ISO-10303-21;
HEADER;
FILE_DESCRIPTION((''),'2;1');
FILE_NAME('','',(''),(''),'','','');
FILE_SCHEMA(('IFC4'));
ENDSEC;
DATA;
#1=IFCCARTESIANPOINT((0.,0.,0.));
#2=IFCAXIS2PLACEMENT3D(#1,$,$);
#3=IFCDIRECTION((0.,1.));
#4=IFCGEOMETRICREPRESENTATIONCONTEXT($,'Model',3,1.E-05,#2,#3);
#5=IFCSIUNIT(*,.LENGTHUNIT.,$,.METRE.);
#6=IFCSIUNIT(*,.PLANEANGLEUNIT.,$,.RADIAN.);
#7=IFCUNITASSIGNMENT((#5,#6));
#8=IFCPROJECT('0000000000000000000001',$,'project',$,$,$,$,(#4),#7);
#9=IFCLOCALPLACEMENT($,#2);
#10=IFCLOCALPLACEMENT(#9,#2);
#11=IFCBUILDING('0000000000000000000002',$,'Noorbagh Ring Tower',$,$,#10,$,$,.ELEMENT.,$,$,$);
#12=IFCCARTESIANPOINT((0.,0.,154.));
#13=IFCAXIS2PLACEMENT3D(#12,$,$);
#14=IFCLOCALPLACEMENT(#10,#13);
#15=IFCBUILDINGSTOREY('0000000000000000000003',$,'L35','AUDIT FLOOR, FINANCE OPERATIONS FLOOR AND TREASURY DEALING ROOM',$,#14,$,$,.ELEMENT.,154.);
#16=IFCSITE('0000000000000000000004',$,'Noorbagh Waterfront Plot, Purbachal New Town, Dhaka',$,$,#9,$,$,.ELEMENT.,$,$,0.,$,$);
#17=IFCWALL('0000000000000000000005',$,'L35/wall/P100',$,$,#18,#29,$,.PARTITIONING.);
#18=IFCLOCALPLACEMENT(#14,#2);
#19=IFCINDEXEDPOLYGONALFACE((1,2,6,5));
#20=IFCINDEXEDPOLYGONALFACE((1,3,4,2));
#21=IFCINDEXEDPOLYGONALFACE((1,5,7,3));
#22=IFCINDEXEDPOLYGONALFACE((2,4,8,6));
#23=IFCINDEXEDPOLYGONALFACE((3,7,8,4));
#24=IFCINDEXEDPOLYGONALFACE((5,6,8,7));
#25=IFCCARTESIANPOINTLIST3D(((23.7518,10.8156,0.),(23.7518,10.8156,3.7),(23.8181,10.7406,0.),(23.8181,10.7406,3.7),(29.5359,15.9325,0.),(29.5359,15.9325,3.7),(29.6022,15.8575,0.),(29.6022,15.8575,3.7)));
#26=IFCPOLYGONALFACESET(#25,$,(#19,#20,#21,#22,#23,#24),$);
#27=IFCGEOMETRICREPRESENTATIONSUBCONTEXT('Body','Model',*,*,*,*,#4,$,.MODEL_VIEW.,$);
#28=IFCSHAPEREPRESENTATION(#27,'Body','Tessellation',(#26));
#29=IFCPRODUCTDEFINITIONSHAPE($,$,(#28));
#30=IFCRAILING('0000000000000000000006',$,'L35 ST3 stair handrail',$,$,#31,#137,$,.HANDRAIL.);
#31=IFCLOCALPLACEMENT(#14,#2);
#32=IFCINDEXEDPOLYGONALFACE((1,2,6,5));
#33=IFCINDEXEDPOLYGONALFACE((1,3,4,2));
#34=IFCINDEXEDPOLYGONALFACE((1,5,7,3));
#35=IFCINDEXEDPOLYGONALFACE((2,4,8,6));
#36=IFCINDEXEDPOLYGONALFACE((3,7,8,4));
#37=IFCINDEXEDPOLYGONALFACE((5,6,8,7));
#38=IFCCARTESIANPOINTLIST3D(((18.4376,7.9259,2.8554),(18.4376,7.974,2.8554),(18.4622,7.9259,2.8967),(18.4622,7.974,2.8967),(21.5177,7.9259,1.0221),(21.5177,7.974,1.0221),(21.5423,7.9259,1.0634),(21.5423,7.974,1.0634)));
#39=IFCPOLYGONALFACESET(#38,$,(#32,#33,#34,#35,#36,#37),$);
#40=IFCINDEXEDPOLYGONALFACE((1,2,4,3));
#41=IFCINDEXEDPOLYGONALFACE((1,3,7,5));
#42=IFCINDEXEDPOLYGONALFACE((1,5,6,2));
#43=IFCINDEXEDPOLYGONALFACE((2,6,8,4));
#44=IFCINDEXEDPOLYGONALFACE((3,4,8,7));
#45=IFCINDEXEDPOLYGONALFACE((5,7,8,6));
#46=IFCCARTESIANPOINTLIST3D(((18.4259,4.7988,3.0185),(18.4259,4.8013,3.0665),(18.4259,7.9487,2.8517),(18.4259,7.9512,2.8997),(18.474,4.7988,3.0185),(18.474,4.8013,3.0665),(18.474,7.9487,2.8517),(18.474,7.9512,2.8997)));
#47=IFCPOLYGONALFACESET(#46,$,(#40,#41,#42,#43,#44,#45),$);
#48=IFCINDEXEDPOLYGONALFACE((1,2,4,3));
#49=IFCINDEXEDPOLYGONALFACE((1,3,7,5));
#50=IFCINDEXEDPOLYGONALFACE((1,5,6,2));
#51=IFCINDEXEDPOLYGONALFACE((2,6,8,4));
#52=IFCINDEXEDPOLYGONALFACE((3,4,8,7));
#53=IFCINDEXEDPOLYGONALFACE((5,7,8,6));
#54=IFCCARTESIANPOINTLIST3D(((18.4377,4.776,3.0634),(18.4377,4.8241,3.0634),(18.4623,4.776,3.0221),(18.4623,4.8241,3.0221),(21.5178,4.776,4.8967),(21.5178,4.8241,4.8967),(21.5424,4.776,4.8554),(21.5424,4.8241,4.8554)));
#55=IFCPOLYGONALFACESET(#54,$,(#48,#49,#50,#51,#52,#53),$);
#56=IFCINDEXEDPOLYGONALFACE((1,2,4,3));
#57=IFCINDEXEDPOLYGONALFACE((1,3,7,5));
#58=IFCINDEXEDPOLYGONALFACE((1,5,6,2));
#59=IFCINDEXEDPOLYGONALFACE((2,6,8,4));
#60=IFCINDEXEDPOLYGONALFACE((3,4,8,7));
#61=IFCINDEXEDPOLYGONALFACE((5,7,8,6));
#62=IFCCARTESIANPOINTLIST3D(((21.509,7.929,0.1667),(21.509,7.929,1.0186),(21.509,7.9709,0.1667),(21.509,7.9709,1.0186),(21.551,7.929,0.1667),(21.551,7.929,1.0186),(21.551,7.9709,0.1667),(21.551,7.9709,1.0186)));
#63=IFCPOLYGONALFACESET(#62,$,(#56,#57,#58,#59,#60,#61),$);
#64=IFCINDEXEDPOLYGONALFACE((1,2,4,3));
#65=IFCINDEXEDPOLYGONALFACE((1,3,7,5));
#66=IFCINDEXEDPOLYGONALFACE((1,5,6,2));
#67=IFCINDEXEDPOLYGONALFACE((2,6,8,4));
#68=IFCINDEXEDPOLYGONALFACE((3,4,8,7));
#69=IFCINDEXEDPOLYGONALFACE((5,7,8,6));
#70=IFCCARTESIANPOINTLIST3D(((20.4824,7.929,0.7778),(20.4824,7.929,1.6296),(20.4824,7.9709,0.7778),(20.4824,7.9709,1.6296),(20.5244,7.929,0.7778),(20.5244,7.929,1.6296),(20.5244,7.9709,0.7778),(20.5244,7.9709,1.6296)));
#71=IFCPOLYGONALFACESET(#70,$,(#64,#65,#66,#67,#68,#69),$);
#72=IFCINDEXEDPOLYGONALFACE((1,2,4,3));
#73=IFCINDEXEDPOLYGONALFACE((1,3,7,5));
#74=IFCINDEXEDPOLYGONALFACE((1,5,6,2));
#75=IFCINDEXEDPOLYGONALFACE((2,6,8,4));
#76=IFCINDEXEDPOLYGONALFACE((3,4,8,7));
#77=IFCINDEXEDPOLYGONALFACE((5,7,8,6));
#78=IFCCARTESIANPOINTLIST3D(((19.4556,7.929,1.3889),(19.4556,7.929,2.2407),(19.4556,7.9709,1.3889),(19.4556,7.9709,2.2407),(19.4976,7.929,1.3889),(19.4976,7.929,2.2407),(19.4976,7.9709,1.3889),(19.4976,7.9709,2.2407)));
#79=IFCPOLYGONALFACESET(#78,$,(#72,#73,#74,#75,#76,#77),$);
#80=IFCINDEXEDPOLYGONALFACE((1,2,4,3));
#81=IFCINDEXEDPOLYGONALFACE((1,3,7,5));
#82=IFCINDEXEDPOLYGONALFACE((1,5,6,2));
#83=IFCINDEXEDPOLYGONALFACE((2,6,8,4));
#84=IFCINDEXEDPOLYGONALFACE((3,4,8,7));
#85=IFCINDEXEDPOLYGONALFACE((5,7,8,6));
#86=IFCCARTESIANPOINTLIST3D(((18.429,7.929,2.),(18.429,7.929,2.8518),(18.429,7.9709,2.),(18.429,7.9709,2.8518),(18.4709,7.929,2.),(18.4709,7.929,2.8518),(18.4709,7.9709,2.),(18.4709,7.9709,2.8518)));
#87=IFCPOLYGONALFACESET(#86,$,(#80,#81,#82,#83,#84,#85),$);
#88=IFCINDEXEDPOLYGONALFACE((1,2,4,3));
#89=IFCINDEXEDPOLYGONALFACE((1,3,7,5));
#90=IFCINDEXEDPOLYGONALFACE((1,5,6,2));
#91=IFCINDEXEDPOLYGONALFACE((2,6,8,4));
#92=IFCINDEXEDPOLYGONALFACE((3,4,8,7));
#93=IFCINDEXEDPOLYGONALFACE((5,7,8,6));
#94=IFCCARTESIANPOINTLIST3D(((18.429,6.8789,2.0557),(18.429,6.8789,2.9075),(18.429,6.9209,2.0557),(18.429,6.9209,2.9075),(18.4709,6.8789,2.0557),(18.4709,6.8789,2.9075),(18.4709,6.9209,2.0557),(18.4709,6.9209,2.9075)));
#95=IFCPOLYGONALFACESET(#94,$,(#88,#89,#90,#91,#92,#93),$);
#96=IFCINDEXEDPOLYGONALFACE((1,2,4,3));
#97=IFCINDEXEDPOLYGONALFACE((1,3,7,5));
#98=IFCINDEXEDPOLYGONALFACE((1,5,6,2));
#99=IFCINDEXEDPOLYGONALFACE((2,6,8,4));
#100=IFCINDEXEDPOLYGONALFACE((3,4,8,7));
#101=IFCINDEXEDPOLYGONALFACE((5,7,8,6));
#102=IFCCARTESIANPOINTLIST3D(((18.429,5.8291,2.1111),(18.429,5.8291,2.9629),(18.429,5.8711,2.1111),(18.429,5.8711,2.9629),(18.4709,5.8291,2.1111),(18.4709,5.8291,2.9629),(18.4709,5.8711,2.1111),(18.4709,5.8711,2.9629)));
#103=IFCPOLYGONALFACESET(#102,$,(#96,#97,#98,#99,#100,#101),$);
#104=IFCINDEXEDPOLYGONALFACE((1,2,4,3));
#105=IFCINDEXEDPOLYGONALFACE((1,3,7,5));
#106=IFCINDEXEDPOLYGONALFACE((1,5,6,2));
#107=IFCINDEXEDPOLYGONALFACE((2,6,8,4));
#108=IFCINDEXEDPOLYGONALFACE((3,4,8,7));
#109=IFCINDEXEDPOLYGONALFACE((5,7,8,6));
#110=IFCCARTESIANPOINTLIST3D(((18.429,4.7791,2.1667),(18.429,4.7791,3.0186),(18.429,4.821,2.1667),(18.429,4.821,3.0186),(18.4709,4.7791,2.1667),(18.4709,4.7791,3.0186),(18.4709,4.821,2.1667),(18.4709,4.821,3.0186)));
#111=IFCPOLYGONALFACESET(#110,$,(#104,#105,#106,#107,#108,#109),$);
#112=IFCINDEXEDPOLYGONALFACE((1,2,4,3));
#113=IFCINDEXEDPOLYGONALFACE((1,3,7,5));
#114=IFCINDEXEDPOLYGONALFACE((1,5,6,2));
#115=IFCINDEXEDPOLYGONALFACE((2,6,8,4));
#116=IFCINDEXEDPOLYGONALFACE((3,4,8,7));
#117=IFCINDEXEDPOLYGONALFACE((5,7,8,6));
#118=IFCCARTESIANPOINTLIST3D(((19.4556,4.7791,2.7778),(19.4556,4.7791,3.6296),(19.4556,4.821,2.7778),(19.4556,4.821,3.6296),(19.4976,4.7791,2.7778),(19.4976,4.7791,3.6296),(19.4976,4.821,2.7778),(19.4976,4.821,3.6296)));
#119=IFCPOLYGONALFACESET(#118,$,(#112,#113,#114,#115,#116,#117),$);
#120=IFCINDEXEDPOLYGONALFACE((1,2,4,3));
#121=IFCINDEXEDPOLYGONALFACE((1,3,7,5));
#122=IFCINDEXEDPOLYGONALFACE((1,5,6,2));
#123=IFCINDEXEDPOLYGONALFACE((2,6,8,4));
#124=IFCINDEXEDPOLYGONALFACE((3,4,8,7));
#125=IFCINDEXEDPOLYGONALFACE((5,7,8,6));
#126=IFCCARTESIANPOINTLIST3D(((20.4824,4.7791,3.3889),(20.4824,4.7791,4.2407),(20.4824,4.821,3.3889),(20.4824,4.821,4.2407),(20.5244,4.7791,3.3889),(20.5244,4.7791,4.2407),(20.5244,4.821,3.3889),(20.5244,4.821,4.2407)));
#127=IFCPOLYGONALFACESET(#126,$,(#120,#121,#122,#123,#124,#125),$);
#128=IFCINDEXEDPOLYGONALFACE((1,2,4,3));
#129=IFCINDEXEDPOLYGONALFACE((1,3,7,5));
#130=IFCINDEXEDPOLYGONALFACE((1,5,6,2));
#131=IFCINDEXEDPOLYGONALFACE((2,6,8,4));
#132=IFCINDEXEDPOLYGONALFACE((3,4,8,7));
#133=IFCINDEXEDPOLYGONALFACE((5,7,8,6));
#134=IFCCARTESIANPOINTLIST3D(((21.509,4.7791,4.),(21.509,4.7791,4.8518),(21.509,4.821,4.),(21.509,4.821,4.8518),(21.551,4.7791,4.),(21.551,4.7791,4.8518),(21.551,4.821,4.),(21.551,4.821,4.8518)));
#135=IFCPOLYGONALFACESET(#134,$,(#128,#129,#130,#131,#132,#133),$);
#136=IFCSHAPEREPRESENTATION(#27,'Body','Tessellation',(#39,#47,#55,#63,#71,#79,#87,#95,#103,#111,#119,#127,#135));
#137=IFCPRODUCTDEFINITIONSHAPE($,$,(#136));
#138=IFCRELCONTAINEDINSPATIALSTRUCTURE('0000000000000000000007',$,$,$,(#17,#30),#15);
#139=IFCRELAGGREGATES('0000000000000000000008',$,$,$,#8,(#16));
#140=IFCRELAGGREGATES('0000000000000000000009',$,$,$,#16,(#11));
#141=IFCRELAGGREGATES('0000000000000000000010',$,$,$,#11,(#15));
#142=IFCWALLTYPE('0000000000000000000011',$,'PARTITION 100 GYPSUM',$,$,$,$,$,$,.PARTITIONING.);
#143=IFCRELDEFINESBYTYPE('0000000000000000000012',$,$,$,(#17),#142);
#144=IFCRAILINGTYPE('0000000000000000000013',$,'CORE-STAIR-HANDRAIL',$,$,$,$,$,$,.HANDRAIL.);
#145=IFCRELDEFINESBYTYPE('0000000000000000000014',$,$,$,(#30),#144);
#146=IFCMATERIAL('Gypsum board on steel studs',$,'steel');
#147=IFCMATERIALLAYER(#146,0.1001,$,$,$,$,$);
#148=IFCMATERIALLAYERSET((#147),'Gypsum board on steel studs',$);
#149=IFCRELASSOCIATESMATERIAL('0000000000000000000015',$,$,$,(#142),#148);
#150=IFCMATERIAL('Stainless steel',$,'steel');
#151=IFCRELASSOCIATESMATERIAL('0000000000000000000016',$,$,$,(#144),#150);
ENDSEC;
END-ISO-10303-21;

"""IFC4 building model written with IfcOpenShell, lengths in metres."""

from ifc_helpers import new_model, si_unit, direction, frame, frame_2d, origin, origin_2d, place, context, subcontext, project, spatial, rectangle, extrude, material, layer, layer_set, type_object, element, save


model = new_model("IFC4")

# Units and contexts
model_context = context("Model", 3, precision=1e-05, world=origin(), true_north=direction((0.0, 1.0)))
body_context = subcontext(model_context, "Body", "Model", "MODEL_VIEW")
ifc_project = project(units=[si_unit("LENGTHUNIT", "METRE"), si_unit("PLANEANGLEUNIT", "RADIAN")], contexts=[model_context])

# Site, building, storey
site_placement = place(None, origin())
site = spatial("IfcSite", under=ifc_project, at=site_placement, Name="Noorbagh Waterfront Plot, Purbachal New Town, Dhaka", CompositionType="ELEMENT", RefElevation=0.0)
building_placement = place(site_placement, origin())
building = spatial("IfcBuilding", under=site, at=building_placement, Name="Noorbagh Ring Tower", CompositionType="ELEMENT")
storey_placement = place(building_placement, frame((0.0, 0.0, 154.0)))
storey = spatial("IfcBuildingStorey", under=building, at=storey_placement, Name="L35", Description="AUDIT FLOOR, FINANCE OPERATIONS FLOOR AND TREASURY DEALING ROOM", CompositionType="ELEMENT", Elevation=154.0)

# Wall
ifc_material_1 = material(Name="Gypsum board on steel studs", Category="steel")
ifc_layer_1 = layer(ifc_material_1, 0.1001)
ifc_layer_set_1 = layer_set([ifc_layer_1], Name="Gypsum board on steel studs")
wall_type_1 = type_object("IfcWallType", Name="PARTITION 100 GYPSUM", PredefinedType="PARTITIONING", material=ifc_layer_set_1)
wall_1_placement = place(storey_placement, frame((23.7849, 10.7781, 0.0), z_axis=(0.0, 0.0, 1.0), x_axis=(0.748986, 0.662586, 0.0)))
element("IfcWall", 1, at=wall_1_placement, inside=storey, type_object=wall_type_1, Name="L35/wall/P100", PredefinedType="PARTITIONING", context=body_context, shape_type="SweptSolid", body=[
    extrude(rectangle(XDim=7.7227, YDim=0.1001, at=frame_2d((3.8613, 0.0))), origin(), (0.0, 0.0, 1.0), 3.7),
])

# Railing
ifc_material_2 = material(Name="Stainless steel", Category="steel")
railing_type = type_object("IfcRailingType", Name="CORE-STAIR-HANDRAIL", PredefinedType="HANDRAIL", material=ifc_material_2)
railing_placement = place(storey_placement, frame((21.53, 7.95, 0.1667)))
element("IfcRailing", 2, at=railing_placement, inside=storey, type_object=railing_type, Name="L35 ST3 stair handrail", PredefinedType="HANDRAIL", context=body_context, shape_type="SweptSolid", body=[
    extrude(rectangle(XDim=0.0481, YDim=0.0481, at=origin_2d()), frame((0.0, 0.0, 0.876), z_axis=(-0.859309, 0.0, 0.511458), x_axis=(0.0, -1.0, 0.0)), (0.0, 0.0, 1.0), 3.5845),
    extrude(rectangle(XDim=0.0481, YDim=0.0481, at=origin_2d()), frame((-3.0801, 0.0, 2.709), z_axis=(0.0, -0.998602, 0.052864), x_axis=(1.0, 0.0, 0.0)), (0.0, 0.0, 1.0), 3.1543),
    extrude(rectangle(XDim=0.0481, YDim=0.0481, at=origin_2d()), frame((-3.0801, -3.1499, 2.876), z_axis=(0.859309, 0.0, 0.511458), x_axis=(0.0, 1.0, 0.0)), (0.0, 0.0, 1.0), 3.5845),
    extrude(rectangle(XDim=0.042, YDim=0.042, at=origin_2d()), origin(), (0.0, 0.0, 1.0), 0.8518),
    extrude(rectangle(XDim=0.042, YDim=0.042, at=origin_2d()), frame((-1.0266, 0.0, 0.6111)), (0.0, 0.0, 1.0), 0.8518),
    extrude(rectangle(XDim=0.042, YDim=0.042, at=origin_2d()), frame((-2.0535, 0.0, 1.2222)), (0.0, 0.0, 1.0), 0.8518),
    extrude(rectangle(XDim=0.042, YDim=0.042, at=origin_2d()), frame((-3.0801, 0.0, 1.8333)), (0.0, 0.0, 1.0), 0.8518),
    extrude(rectangle(XDim=0.042, YDim=0.042, at=origin_2d()), frame((-3.0801, -1.05, 1.8889)), (0.0, 0.0, 1.0), 0.8518),
    extrude(rectangle(XDim=0.042, YDim=0.042, at=origin_2d()), frame((-3.0801, -2.0999, 1.9443)), (0.0, 0.0, 1.0), 0.8518),
    extrude(rectangle(XDim=0.042, YDim=0.042, at=origin_2d()), frame((-3.0801, -3.1499, 2.0)), (0.0, 0.0, 1.0), 0.8518),
    extrude(rectangle(XDim=0.042, YDim=0.042, at=origin_2d()), frame((-2.0535, -3.1499, 2.6111)), (0.0, 0.0, 1.0), 0.8518),
    extrude(rectangle(XDim=0.042, YDim=0.042, at=origin_2d()), frame((-1.0266, -3.1499, 3.2222)), (0.0, 0.0, 1.0), 0.8518),
    extrude(rectangle(XDim=0.042, YDim=0.042, at=origin_2d()), frame((0.0, -3.1499, 3.8333)), (0.0, 0.0, 1.0), 0.8518),
])

save(model, "model.ifc")
